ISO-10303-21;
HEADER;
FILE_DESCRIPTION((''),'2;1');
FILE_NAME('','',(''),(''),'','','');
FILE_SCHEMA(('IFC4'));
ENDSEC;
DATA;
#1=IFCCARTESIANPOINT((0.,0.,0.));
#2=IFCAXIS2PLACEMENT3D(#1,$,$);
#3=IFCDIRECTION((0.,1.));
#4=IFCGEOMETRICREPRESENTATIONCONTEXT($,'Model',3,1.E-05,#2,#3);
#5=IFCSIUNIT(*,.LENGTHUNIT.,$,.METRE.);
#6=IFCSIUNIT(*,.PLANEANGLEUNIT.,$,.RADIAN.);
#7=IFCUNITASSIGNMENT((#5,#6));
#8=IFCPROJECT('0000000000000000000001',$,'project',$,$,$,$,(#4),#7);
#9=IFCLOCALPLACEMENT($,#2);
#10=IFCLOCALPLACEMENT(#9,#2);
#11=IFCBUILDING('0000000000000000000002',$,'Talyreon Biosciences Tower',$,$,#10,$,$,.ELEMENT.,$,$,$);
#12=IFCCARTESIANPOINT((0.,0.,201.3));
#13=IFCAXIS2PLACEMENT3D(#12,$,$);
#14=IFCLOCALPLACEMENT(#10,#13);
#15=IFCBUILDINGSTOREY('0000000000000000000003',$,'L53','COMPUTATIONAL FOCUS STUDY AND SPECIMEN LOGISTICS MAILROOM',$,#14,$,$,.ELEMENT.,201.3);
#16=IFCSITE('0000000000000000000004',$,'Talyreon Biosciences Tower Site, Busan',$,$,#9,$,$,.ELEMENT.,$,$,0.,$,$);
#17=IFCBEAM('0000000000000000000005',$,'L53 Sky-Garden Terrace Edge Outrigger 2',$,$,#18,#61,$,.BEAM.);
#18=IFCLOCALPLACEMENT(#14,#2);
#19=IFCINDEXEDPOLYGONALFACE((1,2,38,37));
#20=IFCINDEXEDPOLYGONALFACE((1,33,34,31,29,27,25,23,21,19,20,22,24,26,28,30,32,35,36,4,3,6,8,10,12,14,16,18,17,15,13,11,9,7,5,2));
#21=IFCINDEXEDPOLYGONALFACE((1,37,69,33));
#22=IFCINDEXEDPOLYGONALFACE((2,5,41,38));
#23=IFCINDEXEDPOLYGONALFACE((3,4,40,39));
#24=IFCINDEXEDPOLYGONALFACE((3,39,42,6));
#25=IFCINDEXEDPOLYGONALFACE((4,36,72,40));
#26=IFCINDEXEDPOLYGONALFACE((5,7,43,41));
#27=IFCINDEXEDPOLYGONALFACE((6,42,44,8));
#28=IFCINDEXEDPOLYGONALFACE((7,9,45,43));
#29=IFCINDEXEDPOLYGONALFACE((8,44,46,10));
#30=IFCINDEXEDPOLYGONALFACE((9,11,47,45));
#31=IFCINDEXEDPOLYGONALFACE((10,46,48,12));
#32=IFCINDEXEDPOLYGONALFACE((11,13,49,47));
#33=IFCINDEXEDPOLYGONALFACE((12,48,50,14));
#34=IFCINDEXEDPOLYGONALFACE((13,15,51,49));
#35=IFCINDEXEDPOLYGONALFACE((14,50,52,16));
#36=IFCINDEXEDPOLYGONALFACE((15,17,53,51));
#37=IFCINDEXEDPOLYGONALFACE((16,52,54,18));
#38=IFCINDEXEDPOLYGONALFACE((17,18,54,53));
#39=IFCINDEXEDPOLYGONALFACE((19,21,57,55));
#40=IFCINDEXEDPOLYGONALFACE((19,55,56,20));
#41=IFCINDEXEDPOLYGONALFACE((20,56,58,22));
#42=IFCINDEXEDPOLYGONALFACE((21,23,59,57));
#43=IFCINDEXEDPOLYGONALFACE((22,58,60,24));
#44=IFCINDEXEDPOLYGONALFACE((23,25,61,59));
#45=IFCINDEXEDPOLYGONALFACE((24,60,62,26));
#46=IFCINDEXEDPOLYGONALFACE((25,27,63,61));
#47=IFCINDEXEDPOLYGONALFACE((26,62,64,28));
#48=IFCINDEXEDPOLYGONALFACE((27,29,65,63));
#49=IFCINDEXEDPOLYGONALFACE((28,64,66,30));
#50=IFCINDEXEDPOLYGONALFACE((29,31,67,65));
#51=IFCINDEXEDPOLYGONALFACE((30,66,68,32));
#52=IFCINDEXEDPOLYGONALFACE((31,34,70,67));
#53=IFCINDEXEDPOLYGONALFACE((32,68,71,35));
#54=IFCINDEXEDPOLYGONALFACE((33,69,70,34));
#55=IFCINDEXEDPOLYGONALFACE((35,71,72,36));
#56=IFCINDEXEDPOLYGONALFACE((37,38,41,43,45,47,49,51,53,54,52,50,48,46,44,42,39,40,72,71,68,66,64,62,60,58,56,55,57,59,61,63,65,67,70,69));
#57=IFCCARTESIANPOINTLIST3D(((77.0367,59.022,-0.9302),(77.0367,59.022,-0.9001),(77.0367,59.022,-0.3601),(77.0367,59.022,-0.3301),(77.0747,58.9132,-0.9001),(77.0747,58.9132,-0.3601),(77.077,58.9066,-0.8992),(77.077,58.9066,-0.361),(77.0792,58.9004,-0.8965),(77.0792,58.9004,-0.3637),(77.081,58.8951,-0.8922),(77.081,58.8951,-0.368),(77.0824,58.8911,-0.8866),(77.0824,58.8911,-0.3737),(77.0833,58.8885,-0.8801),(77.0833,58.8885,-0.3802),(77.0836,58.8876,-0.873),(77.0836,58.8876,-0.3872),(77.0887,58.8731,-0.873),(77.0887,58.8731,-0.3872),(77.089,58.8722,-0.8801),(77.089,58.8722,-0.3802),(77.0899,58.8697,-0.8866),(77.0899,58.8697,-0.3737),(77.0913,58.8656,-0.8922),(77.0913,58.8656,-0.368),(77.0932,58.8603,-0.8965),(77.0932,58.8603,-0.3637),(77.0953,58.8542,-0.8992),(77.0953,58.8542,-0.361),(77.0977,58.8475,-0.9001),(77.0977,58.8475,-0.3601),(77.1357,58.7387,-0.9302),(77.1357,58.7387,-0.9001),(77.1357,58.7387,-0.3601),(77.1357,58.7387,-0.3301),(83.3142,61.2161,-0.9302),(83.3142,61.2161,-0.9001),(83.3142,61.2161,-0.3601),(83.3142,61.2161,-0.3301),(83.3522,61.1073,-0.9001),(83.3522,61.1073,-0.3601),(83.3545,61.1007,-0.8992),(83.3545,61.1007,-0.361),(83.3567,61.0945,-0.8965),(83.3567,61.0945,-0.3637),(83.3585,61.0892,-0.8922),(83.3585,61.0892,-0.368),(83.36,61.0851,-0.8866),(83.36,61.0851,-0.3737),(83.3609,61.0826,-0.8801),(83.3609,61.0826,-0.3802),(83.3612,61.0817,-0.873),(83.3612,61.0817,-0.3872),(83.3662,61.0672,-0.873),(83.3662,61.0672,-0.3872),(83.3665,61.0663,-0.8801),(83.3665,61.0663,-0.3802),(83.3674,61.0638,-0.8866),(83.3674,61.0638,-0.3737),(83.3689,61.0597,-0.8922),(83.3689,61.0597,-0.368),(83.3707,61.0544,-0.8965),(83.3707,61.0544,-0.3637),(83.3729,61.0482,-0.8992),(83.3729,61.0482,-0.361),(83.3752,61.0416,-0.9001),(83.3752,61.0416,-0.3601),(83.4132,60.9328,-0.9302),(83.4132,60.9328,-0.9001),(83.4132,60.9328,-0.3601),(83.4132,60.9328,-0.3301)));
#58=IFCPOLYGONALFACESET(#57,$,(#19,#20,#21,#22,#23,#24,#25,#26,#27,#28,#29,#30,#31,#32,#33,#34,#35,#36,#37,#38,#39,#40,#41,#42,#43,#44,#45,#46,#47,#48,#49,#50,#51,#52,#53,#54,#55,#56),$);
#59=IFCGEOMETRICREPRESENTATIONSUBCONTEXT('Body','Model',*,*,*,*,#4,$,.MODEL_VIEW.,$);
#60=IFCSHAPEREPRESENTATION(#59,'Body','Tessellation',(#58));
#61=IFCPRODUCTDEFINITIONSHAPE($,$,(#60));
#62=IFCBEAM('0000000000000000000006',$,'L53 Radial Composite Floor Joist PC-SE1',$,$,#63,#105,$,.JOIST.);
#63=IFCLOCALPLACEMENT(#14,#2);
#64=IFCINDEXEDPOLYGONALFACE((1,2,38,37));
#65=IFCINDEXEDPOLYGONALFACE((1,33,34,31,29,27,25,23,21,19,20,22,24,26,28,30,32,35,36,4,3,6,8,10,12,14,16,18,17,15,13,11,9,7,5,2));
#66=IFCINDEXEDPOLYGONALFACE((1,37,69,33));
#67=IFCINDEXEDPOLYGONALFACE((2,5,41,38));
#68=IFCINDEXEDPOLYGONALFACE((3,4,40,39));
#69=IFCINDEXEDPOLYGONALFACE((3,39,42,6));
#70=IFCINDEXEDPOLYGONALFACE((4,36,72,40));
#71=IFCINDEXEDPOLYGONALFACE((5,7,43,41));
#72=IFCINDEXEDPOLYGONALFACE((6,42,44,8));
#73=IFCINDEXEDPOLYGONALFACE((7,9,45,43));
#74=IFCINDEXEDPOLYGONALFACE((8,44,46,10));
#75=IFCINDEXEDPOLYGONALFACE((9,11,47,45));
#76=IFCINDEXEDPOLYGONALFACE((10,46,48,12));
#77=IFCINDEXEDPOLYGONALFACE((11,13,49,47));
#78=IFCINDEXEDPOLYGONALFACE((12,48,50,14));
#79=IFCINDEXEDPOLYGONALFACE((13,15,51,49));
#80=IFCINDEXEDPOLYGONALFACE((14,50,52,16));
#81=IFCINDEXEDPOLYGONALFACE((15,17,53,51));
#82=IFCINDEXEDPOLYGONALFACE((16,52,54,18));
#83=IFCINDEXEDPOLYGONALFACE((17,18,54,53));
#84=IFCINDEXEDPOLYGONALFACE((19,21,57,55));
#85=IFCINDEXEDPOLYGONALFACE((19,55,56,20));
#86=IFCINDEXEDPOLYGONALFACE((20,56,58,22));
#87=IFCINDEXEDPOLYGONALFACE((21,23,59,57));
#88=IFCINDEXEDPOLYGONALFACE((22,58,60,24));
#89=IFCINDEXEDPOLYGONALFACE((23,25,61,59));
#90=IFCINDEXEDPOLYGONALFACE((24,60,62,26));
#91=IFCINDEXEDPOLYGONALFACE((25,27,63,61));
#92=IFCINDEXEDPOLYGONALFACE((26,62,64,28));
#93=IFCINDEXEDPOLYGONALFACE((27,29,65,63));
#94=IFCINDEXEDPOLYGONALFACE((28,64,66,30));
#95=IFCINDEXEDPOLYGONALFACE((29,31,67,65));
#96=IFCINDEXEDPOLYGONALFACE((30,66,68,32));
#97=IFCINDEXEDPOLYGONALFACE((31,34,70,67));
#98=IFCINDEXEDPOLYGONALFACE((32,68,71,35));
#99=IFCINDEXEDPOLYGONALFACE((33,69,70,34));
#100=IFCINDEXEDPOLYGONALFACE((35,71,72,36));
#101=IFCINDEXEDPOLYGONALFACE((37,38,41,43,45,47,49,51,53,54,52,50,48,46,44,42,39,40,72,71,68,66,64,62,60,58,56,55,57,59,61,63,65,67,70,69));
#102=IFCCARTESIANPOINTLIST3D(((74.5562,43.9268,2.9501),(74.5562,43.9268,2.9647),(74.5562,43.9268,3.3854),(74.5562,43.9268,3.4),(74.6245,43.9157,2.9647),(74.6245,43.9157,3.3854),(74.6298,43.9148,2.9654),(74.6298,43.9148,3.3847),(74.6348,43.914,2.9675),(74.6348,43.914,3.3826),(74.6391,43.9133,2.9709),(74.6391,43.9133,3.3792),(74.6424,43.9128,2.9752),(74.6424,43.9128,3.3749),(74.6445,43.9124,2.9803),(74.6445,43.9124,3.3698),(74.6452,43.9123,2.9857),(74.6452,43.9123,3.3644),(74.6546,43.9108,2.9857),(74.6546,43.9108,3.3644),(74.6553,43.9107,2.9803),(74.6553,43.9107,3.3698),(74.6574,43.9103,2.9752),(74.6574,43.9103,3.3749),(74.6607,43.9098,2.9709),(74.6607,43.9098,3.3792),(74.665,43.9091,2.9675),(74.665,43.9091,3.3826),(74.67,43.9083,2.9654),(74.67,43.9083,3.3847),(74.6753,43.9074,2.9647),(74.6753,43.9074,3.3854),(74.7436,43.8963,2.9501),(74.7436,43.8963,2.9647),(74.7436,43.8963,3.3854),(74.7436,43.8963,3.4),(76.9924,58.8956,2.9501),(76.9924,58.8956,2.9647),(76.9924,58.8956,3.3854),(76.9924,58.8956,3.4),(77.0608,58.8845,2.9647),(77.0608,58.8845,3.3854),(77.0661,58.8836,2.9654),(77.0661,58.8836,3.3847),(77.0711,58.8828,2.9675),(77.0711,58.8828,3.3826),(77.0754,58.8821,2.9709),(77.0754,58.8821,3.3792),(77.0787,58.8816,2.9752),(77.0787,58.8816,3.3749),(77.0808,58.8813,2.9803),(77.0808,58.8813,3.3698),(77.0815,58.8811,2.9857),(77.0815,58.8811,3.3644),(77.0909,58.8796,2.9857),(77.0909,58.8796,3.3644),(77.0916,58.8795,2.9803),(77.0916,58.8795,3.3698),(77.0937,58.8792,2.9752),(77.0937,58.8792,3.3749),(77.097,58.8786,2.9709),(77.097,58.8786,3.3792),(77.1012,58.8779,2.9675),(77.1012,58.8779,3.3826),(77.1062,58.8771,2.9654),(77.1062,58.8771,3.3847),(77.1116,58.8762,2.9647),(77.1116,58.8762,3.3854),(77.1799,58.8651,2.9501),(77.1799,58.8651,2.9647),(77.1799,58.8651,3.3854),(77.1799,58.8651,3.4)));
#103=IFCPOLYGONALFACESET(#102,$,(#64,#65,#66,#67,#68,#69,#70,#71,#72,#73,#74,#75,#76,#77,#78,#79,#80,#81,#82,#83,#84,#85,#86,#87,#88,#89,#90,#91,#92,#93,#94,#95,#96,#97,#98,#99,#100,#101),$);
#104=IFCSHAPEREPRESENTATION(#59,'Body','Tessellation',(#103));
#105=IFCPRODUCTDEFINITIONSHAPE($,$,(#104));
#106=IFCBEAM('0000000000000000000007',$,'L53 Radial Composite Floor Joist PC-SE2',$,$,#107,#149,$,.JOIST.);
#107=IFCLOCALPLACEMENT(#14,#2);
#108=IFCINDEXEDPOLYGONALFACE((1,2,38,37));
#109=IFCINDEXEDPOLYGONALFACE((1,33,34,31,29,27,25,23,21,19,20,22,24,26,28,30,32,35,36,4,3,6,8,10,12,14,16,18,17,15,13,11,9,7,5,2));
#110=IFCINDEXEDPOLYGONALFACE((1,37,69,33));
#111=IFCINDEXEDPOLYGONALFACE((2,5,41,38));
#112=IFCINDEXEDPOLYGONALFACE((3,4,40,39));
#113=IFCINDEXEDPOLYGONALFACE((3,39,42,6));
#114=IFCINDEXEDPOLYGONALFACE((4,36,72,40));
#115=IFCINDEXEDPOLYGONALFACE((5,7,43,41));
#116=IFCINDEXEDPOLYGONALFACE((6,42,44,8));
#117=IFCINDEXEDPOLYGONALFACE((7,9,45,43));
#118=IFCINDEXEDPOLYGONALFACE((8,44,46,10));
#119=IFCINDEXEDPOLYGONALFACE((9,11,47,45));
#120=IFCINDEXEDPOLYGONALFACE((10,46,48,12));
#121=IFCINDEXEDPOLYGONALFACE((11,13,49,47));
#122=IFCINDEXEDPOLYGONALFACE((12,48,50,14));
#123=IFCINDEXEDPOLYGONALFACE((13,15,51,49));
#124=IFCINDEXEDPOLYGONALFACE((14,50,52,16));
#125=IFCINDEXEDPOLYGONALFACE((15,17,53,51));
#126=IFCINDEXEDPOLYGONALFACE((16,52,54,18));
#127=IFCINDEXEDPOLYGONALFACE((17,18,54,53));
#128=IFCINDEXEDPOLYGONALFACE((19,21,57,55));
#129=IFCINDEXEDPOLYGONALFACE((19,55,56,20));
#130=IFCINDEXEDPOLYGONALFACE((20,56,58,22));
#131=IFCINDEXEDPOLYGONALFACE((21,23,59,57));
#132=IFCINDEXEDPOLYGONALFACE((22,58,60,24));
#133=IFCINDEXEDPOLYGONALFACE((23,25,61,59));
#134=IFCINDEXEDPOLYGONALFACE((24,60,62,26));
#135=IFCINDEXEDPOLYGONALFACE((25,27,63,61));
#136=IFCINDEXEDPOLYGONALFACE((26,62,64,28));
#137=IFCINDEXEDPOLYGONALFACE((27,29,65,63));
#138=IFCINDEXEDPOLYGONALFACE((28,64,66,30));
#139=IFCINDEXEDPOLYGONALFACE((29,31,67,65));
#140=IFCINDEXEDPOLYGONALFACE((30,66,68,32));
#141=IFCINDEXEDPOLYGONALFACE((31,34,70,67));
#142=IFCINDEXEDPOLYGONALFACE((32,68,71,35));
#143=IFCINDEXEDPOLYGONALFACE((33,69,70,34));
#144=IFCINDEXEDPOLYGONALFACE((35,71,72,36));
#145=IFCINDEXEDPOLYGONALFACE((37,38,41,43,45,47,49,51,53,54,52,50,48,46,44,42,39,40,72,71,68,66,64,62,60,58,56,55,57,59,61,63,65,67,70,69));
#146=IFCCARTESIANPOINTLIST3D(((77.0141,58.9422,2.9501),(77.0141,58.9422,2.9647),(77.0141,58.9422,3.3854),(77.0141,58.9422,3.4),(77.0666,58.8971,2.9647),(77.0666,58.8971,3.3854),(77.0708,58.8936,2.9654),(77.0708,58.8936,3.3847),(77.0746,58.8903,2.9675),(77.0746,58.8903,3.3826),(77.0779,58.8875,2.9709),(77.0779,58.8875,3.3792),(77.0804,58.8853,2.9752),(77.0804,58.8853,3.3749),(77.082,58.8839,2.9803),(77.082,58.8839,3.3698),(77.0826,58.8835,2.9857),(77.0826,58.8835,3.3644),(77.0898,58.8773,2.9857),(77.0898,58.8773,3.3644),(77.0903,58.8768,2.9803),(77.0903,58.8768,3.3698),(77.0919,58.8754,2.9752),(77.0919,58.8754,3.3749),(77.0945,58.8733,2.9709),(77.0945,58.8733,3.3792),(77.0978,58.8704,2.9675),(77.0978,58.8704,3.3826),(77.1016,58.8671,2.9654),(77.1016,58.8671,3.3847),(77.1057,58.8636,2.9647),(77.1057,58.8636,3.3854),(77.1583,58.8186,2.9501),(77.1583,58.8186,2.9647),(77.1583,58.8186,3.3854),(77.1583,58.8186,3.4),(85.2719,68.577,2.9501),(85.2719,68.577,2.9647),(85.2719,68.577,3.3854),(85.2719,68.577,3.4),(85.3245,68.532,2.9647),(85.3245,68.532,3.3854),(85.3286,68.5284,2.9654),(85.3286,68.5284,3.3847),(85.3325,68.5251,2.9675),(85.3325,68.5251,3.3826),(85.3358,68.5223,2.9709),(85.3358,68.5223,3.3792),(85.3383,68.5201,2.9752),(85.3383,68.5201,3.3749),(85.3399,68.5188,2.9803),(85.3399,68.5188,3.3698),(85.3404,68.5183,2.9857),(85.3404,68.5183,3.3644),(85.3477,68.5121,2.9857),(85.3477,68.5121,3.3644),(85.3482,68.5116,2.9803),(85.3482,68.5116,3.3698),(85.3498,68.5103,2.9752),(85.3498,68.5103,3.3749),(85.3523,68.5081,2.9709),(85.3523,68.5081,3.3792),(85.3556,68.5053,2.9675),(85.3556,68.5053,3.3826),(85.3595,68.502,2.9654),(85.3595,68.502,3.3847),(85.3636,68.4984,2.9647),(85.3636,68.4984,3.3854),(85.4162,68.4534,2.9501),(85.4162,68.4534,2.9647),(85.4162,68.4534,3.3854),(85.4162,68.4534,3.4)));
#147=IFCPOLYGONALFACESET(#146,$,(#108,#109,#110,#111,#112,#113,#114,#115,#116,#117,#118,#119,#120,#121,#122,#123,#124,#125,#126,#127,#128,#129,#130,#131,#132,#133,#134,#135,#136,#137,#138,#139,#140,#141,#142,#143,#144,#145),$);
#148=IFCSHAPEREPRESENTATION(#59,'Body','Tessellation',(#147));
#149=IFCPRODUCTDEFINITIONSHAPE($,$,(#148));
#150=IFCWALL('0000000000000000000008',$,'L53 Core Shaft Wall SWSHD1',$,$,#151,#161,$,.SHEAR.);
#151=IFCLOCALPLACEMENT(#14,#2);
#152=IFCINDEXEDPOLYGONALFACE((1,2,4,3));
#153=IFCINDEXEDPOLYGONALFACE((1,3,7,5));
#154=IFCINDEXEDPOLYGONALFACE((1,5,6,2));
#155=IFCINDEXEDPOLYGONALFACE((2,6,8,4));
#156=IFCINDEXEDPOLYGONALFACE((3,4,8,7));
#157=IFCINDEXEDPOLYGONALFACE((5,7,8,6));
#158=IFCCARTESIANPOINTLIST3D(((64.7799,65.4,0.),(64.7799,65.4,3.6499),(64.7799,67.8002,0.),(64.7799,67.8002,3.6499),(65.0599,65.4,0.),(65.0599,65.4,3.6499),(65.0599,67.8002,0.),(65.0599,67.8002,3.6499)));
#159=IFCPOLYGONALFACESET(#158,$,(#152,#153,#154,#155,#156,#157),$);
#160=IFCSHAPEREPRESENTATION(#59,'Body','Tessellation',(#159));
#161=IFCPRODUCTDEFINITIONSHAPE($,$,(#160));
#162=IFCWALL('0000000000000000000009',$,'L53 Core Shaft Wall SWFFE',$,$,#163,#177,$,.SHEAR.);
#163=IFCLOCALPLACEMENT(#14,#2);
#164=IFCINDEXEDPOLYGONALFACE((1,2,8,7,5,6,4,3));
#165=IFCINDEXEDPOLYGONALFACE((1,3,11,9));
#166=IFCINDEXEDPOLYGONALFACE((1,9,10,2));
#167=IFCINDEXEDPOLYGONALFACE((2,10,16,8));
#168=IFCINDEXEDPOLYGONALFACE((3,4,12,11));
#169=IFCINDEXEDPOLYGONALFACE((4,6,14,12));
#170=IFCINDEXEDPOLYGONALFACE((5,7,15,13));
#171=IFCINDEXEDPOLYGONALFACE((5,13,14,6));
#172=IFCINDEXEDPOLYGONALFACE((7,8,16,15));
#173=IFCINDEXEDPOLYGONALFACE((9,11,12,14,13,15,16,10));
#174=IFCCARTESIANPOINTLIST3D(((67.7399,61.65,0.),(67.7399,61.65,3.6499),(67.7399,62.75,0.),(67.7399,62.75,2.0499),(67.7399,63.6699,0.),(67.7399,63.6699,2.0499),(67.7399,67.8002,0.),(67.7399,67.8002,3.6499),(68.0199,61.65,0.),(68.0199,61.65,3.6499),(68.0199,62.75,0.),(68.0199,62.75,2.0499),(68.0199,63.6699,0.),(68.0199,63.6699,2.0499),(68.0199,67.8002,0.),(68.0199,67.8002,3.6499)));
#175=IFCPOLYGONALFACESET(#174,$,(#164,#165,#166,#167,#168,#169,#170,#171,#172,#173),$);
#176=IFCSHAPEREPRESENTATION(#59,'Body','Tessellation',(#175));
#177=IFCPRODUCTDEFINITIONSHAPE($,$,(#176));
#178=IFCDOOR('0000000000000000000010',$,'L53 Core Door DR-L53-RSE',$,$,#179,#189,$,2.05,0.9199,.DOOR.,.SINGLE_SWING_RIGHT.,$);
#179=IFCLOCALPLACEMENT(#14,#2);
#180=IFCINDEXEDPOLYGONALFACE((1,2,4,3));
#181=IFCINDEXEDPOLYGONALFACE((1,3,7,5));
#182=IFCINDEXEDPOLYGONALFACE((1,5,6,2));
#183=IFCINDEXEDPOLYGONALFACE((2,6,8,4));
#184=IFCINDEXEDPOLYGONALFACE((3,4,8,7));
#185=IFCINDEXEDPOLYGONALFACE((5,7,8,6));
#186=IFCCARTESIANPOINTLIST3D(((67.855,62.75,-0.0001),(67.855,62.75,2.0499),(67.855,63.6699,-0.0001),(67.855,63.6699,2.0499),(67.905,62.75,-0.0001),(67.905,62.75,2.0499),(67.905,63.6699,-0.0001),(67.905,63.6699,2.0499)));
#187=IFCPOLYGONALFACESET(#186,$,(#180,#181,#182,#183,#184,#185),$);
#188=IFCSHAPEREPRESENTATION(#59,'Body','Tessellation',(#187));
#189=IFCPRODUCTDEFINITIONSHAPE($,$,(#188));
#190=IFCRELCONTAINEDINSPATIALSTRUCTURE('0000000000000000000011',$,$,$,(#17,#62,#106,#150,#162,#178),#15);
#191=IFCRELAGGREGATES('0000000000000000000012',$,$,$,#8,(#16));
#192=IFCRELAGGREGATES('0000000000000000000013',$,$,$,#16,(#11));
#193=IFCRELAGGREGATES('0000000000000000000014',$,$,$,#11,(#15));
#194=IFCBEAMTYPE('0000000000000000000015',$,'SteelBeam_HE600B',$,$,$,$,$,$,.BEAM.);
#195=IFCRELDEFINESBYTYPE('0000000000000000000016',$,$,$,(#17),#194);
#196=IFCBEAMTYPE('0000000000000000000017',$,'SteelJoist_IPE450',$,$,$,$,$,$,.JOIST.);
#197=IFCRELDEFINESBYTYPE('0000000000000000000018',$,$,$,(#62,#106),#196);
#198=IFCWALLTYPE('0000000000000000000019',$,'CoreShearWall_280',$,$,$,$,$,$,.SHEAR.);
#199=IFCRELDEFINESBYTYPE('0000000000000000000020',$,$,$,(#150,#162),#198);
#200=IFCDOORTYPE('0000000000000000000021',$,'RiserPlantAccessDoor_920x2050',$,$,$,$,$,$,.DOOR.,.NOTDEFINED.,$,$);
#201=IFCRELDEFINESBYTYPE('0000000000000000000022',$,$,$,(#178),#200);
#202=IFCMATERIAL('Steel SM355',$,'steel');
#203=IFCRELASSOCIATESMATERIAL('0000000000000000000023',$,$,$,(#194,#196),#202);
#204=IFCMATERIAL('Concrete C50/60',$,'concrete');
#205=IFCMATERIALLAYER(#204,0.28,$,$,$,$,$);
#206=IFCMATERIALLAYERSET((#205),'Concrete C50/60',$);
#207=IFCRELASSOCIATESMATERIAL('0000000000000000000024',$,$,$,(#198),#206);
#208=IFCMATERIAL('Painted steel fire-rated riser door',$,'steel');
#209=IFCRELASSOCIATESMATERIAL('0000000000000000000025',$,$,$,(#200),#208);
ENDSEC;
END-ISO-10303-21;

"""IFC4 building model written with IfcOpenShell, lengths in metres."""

from ifc_helpers import new_model, si_unit, direction, frame, frame_2d, origin, origin_2d, place, context, subcontext, project, spatial, rectangle, i_section, extrude, material, layer, layer_set, material_profile, profile_set, type_object, element, fill, save


model = new_model("IFC4")

# Units and contexts
model_context = context("Model", 3, precision=1e-05, world=origin(), true_north=direction((0.0, 1.0)))
body_context = subcontext(model_context, "Body", "Model", "MODEL_VIEW")
ifc_project = project(units=[si_unit("LENGTHUNIT", "METRE"), si_unit("PLANEANGLEUNIT", "RADIAN")], contexts=[model_context])

# Site, building, storey
site_placement = place(None, origin())
site = spatial("IfcSite", under=ifc_project, at=site_placement, Name="Talyreon Biosciences Tower Site, Busan", CompositionType="ELEMENT", RefElevation=0.0)
building_placement = place(site_placement, origin())
building = spatial("IfcBuilding", under=site, at=building_placement, Name="Talyreon Biosciences Tower", CompositionType="ELEMENT")
storey_placement = place(building_placement, frame((0.0, 0.0, 201.3)))
storey = spatial("IfcBuildingStorey", under=building, at=storey_placement, Name="L53", Description="COMPUTATIONAL FOCUS STUDY AND SPECIMEN LOGISTICS MAILROOM", CompositionType="ELEMENT", Elevation=201.3)

# Shared definitions
ifc_material_1 = material(Name="Concrete C50/60", Category="concrete")

# Beams
ifc_material_2 = material(Name="Steel SM355", Category="steel")
ifc_material_profile_1 = material_profile(ifc_material_2, i_section(OverallWidth=0.3, OverallDepth=0.6001, WebThickness=0.0154, FlangeThickness=0.03, FilletRadius=0.0271, at=origin_2d()), Name="HE600B")
ifc_profile_set_1 = profile_set([ifc_material_profile_1], Name="Steel SM355")
beam_type_1 = type_object("IfcBeamType", Name="SteelBeam_HE600B", PredefinedType="BEAM", material=ifc_profile_set_1)
beam_1_placement = place(storey_placement, frame((77.0862, 58.8804, -0.6301), z_axis=(0.944002, 0.32994, 0.0), x_axis=(-0.32994, 0.944002, 0.0)))
element("IfcBeam", 1, at=beam_1_placement, inside=storey, type_object=beam_type_1, Name="L53 Sky-Garden Terrace Edge Outrigger 2", PredefinedType="BEAM", context=body_context, shape_type="SweptSolid", body=[
    extrude(i_section(OverallWidth=0.3, OverallDepth=0.6001, WebThickness=0.0154, FlangeThickness=0.03, FilletRadius=0.0271, at=origin_2d()), origin(), (0.0, 0.0, 1.0), 6.6499),
])
ifc_material_profile_2 = material_profile(ifc_material_2, i_section(OverallWidth=0.1899, OverallDepth=0.45, WebThickness=0.0095, FlangeThickness=0.0146, FilletRadius=0.021, at=origin_2d()), Name="IPE450")
ifc_profile_set_2 = profile_set([ifc_material_profile_2], Name="Steel SM355")
beam_type_2 = type_object("IfcBeamType", Name="SteelJoist_IPE450", PredefinedType="JOIST", material=ifc_profile_set_2)
beam_2_placement = place(storey_placement, frame((77.0862, 58.8804, 3.175), z_axis=(-0.160644, -0.987012, 0.0), x_axis=(0.987012, -0.160644, 0.0)))
element("IfcBeam", 2, at=beam_2_placement, inside=storey, type_object=beam_type_2, Name="L53 Radial Composite Floor Joist PC-SE1", PredefinedType="JOIST", context=body_context, shape_type="SweptSolid", body=[
    extrude(i_section(OverallWidth=0.1899, OverallDepth=0.45, WebThickness=0.0095, FlangeThickness=0.0146, FilletRadius=0.021, at=origin_2d()), origin(), (0.0, 0.0, 1.0), 15.1658),
])
beam_3_placement = place(storey_placement, frame((77.0862, 58.8804, 3.175), z_axis=(0.650766, 0.759278, 0.0), x_axis=(-0.759278, 0.650766, 0.0)))
element("IfcBeam", 3, at=beam_3_placement, inside=storey, type_object=beam_type_2, Name="L53 Radial Composite Floor Joist PC-SE2", PredefinedType="JOIST", context=body_context, shape_type="SweptSolid", body=[
    extrude(i_section(OverallWidth=0.1899, OverallDepth=0.45, WebThickness=0.0095, FlangeThickness=0.0146, FilletRadius=0.021, at=origin_2d()), origin(), (0.0, 0.0, 1.0), 12.6895),
])

# Wall
ifc_layer_1 = layer(ifc_material_1, 0.28)
ifc_layer_set_1 = layer_set([ifc_layer_1], Name="Concrete C50/60")
wall_type_1 = type_object("IfcWallType", Name="CoreShearWall_280", PredefinedType="SHEAR", material=ifc_layer_set_1)
wall_1_placement = place(storey_placement, frame((64.9199, 65.3999, 0.0), z_axis=(0.0, 0.0, 1.0), x_axis=(0.0, 1.0, 0.0)))
element("IfcWall", 4, at=wall_1_placement, inside=storey, type_object=wall_type_1, Name="L53 Core Shaft Wall SWSHD1", PredefinedType="SHEAR", context=body_context, shape_type="SweptSolid", body=[
    extrude(rectangle(XDim=2.4001, YDim=0.28, at=frame_2d((1.2002, 0.0))), origin(), (0.0, 0.0, 1.0), 3.6499),
])

# Wall, opening, door
wall_2_placement = place(storey_placement, frame((67.8799, 61.6499, 0.0), z_axis=(0.0, 0.0, 1.0), x_axis=(0.0, 1.0, 0.0)))
wall_2 = element("IfcWall", 5, at=wall_2_placement, inside=storey, type_object=wall_type_1, Name="L53 Core Shaft Wall SWFFE", PredefinedType="SHEAR", context=body_context, shape_type="SweptSolid", body=[
    extrude(rectangle(XDim=6.1501, YDim=0.28, at=frame_2d((3.0752, 0.0))), origin(), (0.0, 0.0, 1.0), 3.6499),
])
opening_1_placement = place(wall_2_placement, frame((1.1001, 0.0, 0.0)))
opening_1 = element("IfcOpeningElement", 6, at=opening_1_placement, cuts=wall_2, PredefinedType="OPENING", context=body_context, shape_type="SweptSolid", body=[
    extrude(rectangle(XDim=0.9199, YDim=2.05, at=frame_2d((0.46, 1.0249))), frame((0.0, 0.1499, 0.0), z_axis=(0.0, -1.0, 0.0), x_axis=(1.0, 0.0, 0.0)), (0.0, 0.0, 1.0), 0.3),
])
ifc_material_3 = material(Name="Painted steel fire-rated riser door", Category="steel")
door_type_1 = type_object("IfcDoorType", Name="RiserPlantAccessDoor_920x2050", OperationType="NOTDEFINED", PredefinedType="DOOR", material=ifc_material_3)
door_1_placement = place(opening_1_placement, origin())
door_1 = element("IfcDoor", 7, at=door_1_placement, inside=storey, type_object=door_type_1, Name="L53 Core Door DR-L53-RSE", OperationType="SINGLE_SWING_RIGHT", OverallHeight=2.05, OverallWidth=0.9199, PredefinedType="DOOR", context=body_context, shape_type="SweptSolid", body=[
    extrude(rectangle(XDim=0.9199, YDim=2.05, at=frame_2d((0.46, 1.0249))), frame((0.0, 0.0249, 0.0), z_axis=(0.0, -1.0, 0.0), x_axis=(1.0, 0.0, 0.0)), (0.0, 0.0, 1.0), 0.05),
])
fill(opening_1, door_1)

save(model, "model.ifc")
